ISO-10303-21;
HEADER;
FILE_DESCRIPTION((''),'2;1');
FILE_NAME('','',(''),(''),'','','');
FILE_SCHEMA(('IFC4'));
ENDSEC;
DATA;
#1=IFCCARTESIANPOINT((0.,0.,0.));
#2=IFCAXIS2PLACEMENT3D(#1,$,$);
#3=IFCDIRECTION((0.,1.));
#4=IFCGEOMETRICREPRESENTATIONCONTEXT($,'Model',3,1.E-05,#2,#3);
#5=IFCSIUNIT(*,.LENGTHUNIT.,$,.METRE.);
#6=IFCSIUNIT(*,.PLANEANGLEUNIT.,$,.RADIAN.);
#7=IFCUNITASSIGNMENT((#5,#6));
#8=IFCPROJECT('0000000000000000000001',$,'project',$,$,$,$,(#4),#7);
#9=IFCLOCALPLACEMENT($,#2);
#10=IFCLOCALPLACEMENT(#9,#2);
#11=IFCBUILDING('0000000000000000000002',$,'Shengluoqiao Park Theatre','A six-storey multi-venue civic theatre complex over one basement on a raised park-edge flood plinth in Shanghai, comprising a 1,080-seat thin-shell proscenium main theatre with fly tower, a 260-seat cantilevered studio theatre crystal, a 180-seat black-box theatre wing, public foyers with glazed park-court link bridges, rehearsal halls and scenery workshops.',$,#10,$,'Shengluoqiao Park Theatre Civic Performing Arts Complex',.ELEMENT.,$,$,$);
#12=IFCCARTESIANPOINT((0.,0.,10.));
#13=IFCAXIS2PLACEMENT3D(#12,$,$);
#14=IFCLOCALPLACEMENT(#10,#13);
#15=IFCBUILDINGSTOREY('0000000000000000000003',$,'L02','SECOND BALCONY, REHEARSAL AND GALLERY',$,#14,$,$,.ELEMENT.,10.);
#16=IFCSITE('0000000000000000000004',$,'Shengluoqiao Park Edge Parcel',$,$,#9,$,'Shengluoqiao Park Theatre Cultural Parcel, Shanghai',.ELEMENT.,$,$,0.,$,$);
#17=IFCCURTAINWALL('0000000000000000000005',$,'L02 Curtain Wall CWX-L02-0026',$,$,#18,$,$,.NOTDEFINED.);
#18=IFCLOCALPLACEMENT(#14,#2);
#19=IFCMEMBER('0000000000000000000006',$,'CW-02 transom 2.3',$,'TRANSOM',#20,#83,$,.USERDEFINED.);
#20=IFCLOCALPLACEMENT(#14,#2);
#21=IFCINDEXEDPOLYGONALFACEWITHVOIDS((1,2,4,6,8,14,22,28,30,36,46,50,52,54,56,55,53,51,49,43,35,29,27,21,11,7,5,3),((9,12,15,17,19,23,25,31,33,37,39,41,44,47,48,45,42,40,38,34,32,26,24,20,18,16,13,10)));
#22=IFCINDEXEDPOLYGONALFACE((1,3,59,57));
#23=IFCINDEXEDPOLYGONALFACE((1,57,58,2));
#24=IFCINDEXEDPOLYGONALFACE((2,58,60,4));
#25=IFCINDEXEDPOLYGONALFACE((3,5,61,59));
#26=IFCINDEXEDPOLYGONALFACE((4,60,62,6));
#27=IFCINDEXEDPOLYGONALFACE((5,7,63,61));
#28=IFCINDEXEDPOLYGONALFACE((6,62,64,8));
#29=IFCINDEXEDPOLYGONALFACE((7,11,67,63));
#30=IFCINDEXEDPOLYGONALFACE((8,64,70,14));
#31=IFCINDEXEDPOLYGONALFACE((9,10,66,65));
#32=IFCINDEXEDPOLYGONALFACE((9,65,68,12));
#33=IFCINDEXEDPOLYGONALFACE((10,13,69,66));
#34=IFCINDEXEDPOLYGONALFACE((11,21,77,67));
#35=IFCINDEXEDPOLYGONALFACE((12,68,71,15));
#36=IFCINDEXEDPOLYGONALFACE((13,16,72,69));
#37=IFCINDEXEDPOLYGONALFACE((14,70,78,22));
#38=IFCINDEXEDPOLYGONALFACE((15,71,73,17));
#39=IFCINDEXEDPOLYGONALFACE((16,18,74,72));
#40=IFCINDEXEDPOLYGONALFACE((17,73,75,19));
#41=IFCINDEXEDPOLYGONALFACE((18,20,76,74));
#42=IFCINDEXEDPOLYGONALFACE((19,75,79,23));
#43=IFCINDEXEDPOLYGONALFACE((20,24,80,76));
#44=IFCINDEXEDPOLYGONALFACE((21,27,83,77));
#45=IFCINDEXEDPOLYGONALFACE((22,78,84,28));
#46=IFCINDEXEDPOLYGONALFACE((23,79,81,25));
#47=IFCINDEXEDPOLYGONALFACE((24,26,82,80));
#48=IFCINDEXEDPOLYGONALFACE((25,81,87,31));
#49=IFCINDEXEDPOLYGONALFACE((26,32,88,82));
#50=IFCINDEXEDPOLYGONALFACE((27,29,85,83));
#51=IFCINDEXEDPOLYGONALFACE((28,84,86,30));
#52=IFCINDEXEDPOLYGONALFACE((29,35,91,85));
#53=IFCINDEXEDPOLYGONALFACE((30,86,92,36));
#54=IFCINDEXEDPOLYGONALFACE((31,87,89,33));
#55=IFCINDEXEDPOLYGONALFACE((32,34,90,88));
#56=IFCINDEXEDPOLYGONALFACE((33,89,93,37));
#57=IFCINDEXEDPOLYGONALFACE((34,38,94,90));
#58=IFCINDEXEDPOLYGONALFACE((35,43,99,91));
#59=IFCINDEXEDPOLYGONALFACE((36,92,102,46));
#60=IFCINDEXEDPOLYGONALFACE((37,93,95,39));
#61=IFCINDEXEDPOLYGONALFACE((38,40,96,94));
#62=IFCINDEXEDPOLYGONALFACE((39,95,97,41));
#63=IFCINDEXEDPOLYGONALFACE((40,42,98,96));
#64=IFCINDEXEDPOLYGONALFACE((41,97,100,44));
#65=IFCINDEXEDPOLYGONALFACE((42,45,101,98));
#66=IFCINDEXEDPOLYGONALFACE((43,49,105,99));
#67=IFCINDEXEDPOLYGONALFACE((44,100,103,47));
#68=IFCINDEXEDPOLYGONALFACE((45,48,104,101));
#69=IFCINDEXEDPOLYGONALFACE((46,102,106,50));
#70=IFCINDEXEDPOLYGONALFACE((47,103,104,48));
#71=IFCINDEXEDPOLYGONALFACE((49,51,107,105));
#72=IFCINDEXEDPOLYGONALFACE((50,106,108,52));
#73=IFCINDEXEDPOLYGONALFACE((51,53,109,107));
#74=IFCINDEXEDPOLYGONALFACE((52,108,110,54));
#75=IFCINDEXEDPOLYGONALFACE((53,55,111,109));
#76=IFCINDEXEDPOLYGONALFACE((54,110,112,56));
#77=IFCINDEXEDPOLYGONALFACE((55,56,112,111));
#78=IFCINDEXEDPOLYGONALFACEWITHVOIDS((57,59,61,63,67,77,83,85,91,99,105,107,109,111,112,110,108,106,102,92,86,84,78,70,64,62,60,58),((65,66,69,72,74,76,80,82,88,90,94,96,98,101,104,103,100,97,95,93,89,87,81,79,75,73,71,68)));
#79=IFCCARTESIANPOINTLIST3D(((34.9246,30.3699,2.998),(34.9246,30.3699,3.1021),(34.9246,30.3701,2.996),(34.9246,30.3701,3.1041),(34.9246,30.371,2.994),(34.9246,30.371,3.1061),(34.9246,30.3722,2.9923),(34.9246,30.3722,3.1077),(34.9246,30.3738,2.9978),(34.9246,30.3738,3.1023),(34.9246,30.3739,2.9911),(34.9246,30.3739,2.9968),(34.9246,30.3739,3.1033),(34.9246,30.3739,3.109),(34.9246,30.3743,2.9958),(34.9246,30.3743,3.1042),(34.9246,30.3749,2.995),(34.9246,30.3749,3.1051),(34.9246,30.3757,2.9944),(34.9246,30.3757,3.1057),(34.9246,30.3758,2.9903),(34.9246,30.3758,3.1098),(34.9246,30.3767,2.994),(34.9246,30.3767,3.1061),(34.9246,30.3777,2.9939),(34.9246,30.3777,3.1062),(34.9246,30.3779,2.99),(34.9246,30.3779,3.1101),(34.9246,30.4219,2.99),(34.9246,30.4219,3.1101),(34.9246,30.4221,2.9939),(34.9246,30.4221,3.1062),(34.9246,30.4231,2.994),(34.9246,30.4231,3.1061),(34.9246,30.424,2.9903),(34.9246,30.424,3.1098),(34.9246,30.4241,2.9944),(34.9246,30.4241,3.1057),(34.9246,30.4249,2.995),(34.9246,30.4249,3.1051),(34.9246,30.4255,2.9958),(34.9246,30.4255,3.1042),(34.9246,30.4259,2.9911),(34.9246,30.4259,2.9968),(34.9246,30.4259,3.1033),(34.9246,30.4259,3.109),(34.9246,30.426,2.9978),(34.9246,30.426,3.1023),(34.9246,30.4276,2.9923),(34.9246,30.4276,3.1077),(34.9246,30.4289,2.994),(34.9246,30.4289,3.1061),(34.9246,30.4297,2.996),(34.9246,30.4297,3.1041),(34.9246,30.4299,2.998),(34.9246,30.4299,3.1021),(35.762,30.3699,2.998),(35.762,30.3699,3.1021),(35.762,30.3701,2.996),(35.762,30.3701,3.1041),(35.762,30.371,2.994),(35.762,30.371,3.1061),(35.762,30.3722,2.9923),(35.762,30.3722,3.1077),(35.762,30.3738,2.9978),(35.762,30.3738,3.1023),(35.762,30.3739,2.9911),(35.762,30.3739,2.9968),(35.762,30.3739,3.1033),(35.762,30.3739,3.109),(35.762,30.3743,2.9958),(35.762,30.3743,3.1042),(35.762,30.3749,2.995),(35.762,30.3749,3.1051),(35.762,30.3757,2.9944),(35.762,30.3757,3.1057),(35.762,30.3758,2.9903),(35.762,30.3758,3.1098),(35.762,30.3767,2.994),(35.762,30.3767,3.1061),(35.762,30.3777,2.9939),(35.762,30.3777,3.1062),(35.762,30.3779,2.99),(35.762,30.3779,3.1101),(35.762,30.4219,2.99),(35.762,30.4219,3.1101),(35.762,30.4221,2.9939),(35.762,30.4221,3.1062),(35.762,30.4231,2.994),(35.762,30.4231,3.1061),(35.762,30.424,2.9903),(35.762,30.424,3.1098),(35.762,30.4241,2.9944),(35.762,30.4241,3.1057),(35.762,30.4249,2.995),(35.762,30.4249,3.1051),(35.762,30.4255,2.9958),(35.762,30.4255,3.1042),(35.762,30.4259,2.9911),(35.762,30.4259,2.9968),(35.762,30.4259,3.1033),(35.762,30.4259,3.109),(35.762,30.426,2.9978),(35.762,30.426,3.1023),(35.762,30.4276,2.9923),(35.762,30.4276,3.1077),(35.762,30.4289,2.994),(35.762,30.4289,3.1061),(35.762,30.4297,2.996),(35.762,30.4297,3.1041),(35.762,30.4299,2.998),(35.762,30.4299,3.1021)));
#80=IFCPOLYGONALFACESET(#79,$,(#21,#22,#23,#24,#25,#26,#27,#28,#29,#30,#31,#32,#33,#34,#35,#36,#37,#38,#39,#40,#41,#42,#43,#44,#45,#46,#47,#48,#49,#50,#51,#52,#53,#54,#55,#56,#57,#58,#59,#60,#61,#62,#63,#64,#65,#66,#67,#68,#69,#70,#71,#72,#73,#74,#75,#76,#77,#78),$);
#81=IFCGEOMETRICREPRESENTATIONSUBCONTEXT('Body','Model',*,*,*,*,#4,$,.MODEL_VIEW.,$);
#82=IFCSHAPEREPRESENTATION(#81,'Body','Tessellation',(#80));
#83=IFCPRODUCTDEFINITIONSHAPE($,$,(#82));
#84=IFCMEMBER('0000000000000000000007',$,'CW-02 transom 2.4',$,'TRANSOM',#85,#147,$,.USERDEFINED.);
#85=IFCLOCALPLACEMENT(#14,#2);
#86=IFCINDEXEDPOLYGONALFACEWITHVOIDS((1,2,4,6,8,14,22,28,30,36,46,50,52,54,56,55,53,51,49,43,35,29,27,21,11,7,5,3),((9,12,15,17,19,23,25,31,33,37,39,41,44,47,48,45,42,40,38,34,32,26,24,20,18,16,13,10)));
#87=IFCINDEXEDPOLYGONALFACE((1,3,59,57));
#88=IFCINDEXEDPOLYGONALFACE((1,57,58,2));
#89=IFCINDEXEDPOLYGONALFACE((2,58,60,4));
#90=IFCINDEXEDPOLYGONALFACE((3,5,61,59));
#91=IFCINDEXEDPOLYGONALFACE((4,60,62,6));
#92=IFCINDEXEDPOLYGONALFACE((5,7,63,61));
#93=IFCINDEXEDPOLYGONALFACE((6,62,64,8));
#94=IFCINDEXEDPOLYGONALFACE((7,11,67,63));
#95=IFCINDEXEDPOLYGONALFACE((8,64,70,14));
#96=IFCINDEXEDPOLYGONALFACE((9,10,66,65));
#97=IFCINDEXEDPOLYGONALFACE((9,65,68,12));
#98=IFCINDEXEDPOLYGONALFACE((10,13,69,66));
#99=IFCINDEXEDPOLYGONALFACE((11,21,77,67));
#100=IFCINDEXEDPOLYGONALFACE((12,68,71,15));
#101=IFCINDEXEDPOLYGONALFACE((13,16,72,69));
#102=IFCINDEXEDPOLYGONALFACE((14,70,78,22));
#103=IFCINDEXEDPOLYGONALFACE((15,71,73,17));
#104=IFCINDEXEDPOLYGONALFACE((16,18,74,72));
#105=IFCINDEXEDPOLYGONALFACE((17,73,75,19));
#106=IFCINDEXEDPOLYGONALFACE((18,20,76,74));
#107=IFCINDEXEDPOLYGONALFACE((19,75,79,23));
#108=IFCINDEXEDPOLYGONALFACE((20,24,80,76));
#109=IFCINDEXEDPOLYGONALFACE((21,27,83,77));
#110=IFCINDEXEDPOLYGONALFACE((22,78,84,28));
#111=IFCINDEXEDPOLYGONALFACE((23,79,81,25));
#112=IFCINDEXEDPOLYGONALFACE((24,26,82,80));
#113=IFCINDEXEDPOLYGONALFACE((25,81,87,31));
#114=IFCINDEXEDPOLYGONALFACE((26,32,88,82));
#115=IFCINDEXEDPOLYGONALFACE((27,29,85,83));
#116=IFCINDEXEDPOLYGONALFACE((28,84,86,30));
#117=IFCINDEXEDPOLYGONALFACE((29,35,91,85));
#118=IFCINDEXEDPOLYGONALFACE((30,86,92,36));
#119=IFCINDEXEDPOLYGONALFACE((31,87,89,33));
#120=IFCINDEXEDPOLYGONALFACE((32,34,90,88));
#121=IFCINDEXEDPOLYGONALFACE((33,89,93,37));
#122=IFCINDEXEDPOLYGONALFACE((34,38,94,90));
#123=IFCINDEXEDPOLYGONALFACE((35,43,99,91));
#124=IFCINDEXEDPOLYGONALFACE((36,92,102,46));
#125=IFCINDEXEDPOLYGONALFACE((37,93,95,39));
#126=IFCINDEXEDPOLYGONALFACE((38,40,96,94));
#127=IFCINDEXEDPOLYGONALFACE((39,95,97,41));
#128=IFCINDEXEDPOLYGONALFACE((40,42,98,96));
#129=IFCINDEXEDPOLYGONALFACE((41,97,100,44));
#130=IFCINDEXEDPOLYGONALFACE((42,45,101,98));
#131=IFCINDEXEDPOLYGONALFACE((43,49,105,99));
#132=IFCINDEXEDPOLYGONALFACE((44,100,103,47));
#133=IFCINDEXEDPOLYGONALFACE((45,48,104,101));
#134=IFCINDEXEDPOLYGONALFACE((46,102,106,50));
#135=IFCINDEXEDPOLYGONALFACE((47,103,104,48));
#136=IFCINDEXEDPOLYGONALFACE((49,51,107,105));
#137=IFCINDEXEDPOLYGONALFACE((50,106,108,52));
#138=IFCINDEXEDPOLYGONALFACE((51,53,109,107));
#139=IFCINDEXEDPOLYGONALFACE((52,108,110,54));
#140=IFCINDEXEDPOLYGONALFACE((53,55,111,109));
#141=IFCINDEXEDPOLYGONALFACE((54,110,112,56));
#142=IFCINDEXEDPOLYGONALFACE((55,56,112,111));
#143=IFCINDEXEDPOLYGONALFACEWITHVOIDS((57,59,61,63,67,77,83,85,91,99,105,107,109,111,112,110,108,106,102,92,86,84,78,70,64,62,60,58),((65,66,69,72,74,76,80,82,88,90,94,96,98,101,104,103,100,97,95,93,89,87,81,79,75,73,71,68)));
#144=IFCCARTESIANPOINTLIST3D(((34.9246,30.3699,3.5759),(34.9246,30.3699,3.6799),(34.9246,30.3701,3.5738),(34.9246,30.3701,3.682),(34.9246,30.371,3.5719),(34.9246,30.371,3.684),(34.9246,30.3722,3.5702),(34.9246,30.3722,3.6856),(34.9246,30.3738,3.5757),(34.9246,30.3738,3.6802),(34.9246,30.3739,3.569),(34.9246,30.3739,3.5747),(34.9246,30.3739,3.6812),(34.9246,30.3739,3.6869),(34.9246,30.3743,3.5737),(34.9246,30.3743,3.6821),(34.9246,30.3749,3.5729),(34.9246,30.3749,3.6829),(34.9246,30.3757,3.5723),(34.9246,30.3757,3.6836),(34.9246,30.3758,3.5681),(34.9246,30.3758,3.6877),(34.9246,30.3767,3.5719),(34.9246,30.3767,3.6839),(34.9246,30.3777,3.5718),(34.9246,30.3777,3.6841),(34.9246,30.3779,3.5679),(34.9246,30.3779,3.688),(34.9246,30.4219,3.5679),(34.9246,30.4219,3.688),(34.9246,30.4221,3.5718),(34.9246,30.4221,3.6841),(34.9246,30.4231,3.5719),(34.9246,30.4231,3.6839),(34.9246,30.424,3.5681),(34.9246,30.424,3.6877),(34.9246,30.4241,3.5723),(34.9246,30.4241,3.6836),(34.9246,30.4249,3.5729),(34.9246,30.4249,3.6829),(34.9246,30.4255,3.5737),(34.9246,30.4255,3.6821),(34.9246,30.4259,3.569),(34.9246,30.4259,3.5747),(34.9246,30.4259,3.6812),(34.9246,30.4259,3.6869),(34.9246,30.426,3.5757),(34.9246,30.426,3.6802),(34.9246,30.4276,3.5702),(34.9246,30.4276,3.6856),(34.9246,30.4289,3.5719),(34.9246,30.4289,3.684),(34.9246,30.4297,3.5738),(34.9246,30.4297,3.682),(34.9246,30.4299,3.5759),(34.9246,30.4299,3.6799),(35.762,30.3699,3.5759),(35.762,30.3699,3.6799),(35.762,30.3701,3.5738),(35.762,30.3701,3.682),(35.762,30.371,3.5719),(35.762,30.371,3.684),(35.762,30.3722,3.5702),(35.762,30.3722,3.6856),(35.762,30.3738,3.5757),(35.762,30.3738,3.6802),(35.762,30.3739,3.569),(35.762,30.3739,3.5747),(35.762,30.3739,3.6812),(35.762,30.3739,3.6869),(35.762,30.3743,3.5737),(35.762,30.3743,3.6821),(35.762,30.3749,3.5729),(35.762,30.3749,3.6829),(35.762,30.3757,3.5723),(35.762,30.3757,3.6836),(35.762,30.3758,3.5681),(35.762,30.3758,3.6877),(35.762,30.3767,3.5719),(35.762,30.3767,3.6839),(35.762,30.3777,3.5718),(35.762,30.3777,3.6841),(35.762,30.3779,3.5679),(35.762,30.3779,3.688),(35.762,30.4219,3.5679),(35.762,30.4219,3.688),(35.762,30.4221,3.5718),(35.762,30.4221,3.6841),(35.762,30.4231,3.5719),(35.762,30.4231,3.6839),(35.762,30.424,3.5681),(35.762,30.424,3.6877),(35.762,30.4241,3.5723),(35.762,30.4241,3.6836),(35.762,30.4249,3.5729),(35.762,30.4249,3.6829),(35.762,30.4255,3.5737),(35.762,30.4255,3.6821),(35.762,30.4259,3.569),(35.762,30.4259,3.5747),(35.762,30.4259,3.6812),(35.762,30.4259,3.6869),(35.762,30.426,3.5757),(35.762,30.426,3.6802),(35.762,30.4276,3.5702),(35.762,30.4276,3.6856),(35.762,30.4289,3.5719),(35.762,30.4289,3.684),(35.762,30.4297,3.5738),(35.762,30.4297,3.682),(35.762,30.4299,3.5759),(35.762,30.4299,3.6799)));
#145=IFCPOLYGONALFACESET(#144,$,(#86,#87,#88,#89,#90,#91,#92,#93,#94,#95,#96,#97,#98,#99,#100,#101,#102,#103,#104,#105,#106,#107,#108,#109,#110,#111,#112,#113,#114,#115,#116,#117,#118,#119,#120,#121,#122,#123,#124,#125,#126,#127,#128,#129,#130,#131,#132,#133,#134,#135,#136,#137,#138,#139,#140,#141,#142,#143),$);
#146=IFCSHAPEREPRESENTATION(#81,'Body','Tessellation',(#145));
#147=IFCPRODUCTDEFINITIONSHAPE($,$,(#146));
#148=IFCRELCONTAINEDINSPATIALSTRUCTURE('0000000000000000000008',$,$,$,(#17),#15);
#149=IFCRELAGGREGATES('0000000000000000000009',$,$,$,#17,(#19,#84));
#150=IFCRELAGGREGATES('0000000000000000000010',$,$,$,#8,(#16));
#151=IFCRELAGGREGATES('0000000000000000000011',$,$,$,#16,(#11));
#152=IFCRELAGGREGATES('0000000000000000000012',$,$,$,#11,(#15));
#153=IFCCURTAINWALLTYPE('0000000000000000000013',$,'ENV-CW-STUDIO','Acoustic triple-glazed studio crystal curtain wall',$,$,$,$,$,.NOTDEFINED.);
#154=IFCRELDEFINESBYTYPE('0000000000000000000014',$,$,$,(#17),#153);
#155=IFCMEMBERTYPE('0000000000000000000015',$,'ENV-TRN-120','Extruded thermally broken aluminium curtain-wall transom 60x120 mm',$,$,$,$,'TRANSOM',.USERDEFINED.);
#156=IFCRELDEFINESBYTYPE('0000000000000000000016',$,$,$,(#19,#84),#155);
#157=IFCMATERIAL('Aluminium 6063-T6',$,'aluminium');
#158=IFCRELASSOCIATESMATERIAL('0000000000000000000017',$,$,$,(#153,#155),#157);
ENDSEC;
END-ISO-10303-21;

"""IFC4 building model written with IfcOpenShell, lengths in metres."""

from ifc_helpers import new_model, si_unit, direction, frame, origin, origin_2d, place, context, subcontext, project, spatial, hollow_rectangle, extrude, material, material_profile, profile_set, type_object, element, aggregate, save


model = new_model("IFC4")

# Units and contexts
model_context = context("Model", 3, precision=1e-05, world=origin(), true_north=direction((0.0, 1.0)))
body_context = subcontext(model_context, "Body", "Model", "MODEL_VIEW")
ifc_project = project(units=[si_unit("LENGTHUNIT", "METRE"), si_unit("PLANEANGLEUNIT", "RADIAN")], contexts=[model_context])

# Site, building, storey
site_placement = place(None, origin())
site = spatial("IfcSite", under=ifc_project, at=site_placement, Name="Shengluoqiao Park Edge Parcel", LongName="Shengluoqiao Park Theatre Cultural Parcel, Shanghai", CompositionType="ELEMENT", RefElevation=0.0)
building_placement = place(site_placement, origin())
building = spatial("IfcBuilding", under=site, at=building_placement, Name="Shengluoqiao Park Theatre", Description="A six-storey multi-venue civic theatre complex over one basement on a raised park-edge flood plinth in Shanghai, comprising a 1,080-seat thin-shell proscenium main theatre with fly tower, a 260-seat cantilevered studio theatre crystal, a 180-seat black-box theatre wing, public foyers with glazed park-court link bridges, rehearsal halls and scenery workshops.", LongName="Shengluoqiao Park Theatre Civic Performing Arts Complex", CompositionType="ELEMENT")
storey_placement = place(building_placement, frame((0.0, 0.0, 10.0)))
storey = spatial("IfcBuildingStorey", under=building, at=storey_placement, Name="L02", Description="SECOND BALCONY, REHEARSAL AND GALLERY", CompositionType="ELEMENT", Elevation=10.0)

# Curtain wall
ifc_material_1 = material(Name="Aluminium 6063-T6", Category="aluminium")
curtain_wall_type_1 = type_object("IfcCurtainWallType", Name="ENV-CW-STUDIO", Description="Acoustic triple-glazed studio crystal curtain wall", PredefinedType="NOTDEFINED", material=ifc_material_1)
curtain_wall_1_placement = place(storey_placement, origin())
curtain_wall_1 = element("IfcCurtainWall", 1, at=curtain_wall_1_placement, inside=storey, type_object=curtain_wall_type_1, Name="L02 Curtain Wall CWX-L02-0026", PredefinedType="NOTDEFINED")

# Members
ifc_material_profile_1 = material_profile(ifc_material_1, hollow_rectangle(XDim=0.0601, YDim=0.1201, WallThickness=0.0039, InnerFilletRadius=0.0039, OuterFilletRadius=0.0081, at=origin_2d()), Name="ALU TRANSOM 120x60x4")
ifc_profile_set_1 = profile_set([ifc_material_profile_1], Name="Aluminium 6063-T6")
member_type_1 = type_object("IfcMemberType", Name="ENV-TRN-120", Description="Extruded thermally broken aluminium curtain-wall transom 60x120 mm", ElementType="TRANSOM", PredefinedType="USERDEFINED", material=ifc_profile_set_1)
member_1_placement = place(storey_placement, frame((34.9246, 30.3999, 3.05), z_axis=(1.0, 0.0, 0.0), x_axis=(0.0, 1.0, 0.0)))
member_1 = element("IfcMember", 2, at=member_1_placement, type_object=member_type_1, Name="CW-02 transom 2.3", ObjectType="TRANSOM", PredefinedType="USERDEFINED", context=body_context, shape_type="SweptSolid", body=[
    extrude(hollow_rectangle(XDim=0.0601, YDim=0.1201, WallThickness=0.0039, InnerFilletRadius=0.0039, OuterFilletRadius=0.0081, at=origin_2d()), origin(), (0.0, 0.0, 1.0), 0.8374),
])
member_2_placement = place(storey_placement, frame((34.9246, 30.3999, 3.6279), z_axis=(1.0, 0.0, 0.0), x_axis=(0.0, 1.0, 0.0)))
member_2 = element("IfcMember", 3, at=member_2_placement, type_object=member_type_1, Name="CW-02 transom 2.4", ObjectType="TRANSOM", PredefinedType="USERDEFINED", context=body_context, shape_type="SweptSolid", body=[
    extrude(hollow_rectangle(XDim=0.0601, YDim=0.1201, WallThickness=0.0039, InnerFilletRadius=0.0039, OuterFilletRadius=0.0081, at=origin_2d()), origin(), (0.0, 0.0, 1.0), 0.8374),
])

aggregate(curtain_wall_1, [member_1, member_2])

save(model, "model.ifc")
